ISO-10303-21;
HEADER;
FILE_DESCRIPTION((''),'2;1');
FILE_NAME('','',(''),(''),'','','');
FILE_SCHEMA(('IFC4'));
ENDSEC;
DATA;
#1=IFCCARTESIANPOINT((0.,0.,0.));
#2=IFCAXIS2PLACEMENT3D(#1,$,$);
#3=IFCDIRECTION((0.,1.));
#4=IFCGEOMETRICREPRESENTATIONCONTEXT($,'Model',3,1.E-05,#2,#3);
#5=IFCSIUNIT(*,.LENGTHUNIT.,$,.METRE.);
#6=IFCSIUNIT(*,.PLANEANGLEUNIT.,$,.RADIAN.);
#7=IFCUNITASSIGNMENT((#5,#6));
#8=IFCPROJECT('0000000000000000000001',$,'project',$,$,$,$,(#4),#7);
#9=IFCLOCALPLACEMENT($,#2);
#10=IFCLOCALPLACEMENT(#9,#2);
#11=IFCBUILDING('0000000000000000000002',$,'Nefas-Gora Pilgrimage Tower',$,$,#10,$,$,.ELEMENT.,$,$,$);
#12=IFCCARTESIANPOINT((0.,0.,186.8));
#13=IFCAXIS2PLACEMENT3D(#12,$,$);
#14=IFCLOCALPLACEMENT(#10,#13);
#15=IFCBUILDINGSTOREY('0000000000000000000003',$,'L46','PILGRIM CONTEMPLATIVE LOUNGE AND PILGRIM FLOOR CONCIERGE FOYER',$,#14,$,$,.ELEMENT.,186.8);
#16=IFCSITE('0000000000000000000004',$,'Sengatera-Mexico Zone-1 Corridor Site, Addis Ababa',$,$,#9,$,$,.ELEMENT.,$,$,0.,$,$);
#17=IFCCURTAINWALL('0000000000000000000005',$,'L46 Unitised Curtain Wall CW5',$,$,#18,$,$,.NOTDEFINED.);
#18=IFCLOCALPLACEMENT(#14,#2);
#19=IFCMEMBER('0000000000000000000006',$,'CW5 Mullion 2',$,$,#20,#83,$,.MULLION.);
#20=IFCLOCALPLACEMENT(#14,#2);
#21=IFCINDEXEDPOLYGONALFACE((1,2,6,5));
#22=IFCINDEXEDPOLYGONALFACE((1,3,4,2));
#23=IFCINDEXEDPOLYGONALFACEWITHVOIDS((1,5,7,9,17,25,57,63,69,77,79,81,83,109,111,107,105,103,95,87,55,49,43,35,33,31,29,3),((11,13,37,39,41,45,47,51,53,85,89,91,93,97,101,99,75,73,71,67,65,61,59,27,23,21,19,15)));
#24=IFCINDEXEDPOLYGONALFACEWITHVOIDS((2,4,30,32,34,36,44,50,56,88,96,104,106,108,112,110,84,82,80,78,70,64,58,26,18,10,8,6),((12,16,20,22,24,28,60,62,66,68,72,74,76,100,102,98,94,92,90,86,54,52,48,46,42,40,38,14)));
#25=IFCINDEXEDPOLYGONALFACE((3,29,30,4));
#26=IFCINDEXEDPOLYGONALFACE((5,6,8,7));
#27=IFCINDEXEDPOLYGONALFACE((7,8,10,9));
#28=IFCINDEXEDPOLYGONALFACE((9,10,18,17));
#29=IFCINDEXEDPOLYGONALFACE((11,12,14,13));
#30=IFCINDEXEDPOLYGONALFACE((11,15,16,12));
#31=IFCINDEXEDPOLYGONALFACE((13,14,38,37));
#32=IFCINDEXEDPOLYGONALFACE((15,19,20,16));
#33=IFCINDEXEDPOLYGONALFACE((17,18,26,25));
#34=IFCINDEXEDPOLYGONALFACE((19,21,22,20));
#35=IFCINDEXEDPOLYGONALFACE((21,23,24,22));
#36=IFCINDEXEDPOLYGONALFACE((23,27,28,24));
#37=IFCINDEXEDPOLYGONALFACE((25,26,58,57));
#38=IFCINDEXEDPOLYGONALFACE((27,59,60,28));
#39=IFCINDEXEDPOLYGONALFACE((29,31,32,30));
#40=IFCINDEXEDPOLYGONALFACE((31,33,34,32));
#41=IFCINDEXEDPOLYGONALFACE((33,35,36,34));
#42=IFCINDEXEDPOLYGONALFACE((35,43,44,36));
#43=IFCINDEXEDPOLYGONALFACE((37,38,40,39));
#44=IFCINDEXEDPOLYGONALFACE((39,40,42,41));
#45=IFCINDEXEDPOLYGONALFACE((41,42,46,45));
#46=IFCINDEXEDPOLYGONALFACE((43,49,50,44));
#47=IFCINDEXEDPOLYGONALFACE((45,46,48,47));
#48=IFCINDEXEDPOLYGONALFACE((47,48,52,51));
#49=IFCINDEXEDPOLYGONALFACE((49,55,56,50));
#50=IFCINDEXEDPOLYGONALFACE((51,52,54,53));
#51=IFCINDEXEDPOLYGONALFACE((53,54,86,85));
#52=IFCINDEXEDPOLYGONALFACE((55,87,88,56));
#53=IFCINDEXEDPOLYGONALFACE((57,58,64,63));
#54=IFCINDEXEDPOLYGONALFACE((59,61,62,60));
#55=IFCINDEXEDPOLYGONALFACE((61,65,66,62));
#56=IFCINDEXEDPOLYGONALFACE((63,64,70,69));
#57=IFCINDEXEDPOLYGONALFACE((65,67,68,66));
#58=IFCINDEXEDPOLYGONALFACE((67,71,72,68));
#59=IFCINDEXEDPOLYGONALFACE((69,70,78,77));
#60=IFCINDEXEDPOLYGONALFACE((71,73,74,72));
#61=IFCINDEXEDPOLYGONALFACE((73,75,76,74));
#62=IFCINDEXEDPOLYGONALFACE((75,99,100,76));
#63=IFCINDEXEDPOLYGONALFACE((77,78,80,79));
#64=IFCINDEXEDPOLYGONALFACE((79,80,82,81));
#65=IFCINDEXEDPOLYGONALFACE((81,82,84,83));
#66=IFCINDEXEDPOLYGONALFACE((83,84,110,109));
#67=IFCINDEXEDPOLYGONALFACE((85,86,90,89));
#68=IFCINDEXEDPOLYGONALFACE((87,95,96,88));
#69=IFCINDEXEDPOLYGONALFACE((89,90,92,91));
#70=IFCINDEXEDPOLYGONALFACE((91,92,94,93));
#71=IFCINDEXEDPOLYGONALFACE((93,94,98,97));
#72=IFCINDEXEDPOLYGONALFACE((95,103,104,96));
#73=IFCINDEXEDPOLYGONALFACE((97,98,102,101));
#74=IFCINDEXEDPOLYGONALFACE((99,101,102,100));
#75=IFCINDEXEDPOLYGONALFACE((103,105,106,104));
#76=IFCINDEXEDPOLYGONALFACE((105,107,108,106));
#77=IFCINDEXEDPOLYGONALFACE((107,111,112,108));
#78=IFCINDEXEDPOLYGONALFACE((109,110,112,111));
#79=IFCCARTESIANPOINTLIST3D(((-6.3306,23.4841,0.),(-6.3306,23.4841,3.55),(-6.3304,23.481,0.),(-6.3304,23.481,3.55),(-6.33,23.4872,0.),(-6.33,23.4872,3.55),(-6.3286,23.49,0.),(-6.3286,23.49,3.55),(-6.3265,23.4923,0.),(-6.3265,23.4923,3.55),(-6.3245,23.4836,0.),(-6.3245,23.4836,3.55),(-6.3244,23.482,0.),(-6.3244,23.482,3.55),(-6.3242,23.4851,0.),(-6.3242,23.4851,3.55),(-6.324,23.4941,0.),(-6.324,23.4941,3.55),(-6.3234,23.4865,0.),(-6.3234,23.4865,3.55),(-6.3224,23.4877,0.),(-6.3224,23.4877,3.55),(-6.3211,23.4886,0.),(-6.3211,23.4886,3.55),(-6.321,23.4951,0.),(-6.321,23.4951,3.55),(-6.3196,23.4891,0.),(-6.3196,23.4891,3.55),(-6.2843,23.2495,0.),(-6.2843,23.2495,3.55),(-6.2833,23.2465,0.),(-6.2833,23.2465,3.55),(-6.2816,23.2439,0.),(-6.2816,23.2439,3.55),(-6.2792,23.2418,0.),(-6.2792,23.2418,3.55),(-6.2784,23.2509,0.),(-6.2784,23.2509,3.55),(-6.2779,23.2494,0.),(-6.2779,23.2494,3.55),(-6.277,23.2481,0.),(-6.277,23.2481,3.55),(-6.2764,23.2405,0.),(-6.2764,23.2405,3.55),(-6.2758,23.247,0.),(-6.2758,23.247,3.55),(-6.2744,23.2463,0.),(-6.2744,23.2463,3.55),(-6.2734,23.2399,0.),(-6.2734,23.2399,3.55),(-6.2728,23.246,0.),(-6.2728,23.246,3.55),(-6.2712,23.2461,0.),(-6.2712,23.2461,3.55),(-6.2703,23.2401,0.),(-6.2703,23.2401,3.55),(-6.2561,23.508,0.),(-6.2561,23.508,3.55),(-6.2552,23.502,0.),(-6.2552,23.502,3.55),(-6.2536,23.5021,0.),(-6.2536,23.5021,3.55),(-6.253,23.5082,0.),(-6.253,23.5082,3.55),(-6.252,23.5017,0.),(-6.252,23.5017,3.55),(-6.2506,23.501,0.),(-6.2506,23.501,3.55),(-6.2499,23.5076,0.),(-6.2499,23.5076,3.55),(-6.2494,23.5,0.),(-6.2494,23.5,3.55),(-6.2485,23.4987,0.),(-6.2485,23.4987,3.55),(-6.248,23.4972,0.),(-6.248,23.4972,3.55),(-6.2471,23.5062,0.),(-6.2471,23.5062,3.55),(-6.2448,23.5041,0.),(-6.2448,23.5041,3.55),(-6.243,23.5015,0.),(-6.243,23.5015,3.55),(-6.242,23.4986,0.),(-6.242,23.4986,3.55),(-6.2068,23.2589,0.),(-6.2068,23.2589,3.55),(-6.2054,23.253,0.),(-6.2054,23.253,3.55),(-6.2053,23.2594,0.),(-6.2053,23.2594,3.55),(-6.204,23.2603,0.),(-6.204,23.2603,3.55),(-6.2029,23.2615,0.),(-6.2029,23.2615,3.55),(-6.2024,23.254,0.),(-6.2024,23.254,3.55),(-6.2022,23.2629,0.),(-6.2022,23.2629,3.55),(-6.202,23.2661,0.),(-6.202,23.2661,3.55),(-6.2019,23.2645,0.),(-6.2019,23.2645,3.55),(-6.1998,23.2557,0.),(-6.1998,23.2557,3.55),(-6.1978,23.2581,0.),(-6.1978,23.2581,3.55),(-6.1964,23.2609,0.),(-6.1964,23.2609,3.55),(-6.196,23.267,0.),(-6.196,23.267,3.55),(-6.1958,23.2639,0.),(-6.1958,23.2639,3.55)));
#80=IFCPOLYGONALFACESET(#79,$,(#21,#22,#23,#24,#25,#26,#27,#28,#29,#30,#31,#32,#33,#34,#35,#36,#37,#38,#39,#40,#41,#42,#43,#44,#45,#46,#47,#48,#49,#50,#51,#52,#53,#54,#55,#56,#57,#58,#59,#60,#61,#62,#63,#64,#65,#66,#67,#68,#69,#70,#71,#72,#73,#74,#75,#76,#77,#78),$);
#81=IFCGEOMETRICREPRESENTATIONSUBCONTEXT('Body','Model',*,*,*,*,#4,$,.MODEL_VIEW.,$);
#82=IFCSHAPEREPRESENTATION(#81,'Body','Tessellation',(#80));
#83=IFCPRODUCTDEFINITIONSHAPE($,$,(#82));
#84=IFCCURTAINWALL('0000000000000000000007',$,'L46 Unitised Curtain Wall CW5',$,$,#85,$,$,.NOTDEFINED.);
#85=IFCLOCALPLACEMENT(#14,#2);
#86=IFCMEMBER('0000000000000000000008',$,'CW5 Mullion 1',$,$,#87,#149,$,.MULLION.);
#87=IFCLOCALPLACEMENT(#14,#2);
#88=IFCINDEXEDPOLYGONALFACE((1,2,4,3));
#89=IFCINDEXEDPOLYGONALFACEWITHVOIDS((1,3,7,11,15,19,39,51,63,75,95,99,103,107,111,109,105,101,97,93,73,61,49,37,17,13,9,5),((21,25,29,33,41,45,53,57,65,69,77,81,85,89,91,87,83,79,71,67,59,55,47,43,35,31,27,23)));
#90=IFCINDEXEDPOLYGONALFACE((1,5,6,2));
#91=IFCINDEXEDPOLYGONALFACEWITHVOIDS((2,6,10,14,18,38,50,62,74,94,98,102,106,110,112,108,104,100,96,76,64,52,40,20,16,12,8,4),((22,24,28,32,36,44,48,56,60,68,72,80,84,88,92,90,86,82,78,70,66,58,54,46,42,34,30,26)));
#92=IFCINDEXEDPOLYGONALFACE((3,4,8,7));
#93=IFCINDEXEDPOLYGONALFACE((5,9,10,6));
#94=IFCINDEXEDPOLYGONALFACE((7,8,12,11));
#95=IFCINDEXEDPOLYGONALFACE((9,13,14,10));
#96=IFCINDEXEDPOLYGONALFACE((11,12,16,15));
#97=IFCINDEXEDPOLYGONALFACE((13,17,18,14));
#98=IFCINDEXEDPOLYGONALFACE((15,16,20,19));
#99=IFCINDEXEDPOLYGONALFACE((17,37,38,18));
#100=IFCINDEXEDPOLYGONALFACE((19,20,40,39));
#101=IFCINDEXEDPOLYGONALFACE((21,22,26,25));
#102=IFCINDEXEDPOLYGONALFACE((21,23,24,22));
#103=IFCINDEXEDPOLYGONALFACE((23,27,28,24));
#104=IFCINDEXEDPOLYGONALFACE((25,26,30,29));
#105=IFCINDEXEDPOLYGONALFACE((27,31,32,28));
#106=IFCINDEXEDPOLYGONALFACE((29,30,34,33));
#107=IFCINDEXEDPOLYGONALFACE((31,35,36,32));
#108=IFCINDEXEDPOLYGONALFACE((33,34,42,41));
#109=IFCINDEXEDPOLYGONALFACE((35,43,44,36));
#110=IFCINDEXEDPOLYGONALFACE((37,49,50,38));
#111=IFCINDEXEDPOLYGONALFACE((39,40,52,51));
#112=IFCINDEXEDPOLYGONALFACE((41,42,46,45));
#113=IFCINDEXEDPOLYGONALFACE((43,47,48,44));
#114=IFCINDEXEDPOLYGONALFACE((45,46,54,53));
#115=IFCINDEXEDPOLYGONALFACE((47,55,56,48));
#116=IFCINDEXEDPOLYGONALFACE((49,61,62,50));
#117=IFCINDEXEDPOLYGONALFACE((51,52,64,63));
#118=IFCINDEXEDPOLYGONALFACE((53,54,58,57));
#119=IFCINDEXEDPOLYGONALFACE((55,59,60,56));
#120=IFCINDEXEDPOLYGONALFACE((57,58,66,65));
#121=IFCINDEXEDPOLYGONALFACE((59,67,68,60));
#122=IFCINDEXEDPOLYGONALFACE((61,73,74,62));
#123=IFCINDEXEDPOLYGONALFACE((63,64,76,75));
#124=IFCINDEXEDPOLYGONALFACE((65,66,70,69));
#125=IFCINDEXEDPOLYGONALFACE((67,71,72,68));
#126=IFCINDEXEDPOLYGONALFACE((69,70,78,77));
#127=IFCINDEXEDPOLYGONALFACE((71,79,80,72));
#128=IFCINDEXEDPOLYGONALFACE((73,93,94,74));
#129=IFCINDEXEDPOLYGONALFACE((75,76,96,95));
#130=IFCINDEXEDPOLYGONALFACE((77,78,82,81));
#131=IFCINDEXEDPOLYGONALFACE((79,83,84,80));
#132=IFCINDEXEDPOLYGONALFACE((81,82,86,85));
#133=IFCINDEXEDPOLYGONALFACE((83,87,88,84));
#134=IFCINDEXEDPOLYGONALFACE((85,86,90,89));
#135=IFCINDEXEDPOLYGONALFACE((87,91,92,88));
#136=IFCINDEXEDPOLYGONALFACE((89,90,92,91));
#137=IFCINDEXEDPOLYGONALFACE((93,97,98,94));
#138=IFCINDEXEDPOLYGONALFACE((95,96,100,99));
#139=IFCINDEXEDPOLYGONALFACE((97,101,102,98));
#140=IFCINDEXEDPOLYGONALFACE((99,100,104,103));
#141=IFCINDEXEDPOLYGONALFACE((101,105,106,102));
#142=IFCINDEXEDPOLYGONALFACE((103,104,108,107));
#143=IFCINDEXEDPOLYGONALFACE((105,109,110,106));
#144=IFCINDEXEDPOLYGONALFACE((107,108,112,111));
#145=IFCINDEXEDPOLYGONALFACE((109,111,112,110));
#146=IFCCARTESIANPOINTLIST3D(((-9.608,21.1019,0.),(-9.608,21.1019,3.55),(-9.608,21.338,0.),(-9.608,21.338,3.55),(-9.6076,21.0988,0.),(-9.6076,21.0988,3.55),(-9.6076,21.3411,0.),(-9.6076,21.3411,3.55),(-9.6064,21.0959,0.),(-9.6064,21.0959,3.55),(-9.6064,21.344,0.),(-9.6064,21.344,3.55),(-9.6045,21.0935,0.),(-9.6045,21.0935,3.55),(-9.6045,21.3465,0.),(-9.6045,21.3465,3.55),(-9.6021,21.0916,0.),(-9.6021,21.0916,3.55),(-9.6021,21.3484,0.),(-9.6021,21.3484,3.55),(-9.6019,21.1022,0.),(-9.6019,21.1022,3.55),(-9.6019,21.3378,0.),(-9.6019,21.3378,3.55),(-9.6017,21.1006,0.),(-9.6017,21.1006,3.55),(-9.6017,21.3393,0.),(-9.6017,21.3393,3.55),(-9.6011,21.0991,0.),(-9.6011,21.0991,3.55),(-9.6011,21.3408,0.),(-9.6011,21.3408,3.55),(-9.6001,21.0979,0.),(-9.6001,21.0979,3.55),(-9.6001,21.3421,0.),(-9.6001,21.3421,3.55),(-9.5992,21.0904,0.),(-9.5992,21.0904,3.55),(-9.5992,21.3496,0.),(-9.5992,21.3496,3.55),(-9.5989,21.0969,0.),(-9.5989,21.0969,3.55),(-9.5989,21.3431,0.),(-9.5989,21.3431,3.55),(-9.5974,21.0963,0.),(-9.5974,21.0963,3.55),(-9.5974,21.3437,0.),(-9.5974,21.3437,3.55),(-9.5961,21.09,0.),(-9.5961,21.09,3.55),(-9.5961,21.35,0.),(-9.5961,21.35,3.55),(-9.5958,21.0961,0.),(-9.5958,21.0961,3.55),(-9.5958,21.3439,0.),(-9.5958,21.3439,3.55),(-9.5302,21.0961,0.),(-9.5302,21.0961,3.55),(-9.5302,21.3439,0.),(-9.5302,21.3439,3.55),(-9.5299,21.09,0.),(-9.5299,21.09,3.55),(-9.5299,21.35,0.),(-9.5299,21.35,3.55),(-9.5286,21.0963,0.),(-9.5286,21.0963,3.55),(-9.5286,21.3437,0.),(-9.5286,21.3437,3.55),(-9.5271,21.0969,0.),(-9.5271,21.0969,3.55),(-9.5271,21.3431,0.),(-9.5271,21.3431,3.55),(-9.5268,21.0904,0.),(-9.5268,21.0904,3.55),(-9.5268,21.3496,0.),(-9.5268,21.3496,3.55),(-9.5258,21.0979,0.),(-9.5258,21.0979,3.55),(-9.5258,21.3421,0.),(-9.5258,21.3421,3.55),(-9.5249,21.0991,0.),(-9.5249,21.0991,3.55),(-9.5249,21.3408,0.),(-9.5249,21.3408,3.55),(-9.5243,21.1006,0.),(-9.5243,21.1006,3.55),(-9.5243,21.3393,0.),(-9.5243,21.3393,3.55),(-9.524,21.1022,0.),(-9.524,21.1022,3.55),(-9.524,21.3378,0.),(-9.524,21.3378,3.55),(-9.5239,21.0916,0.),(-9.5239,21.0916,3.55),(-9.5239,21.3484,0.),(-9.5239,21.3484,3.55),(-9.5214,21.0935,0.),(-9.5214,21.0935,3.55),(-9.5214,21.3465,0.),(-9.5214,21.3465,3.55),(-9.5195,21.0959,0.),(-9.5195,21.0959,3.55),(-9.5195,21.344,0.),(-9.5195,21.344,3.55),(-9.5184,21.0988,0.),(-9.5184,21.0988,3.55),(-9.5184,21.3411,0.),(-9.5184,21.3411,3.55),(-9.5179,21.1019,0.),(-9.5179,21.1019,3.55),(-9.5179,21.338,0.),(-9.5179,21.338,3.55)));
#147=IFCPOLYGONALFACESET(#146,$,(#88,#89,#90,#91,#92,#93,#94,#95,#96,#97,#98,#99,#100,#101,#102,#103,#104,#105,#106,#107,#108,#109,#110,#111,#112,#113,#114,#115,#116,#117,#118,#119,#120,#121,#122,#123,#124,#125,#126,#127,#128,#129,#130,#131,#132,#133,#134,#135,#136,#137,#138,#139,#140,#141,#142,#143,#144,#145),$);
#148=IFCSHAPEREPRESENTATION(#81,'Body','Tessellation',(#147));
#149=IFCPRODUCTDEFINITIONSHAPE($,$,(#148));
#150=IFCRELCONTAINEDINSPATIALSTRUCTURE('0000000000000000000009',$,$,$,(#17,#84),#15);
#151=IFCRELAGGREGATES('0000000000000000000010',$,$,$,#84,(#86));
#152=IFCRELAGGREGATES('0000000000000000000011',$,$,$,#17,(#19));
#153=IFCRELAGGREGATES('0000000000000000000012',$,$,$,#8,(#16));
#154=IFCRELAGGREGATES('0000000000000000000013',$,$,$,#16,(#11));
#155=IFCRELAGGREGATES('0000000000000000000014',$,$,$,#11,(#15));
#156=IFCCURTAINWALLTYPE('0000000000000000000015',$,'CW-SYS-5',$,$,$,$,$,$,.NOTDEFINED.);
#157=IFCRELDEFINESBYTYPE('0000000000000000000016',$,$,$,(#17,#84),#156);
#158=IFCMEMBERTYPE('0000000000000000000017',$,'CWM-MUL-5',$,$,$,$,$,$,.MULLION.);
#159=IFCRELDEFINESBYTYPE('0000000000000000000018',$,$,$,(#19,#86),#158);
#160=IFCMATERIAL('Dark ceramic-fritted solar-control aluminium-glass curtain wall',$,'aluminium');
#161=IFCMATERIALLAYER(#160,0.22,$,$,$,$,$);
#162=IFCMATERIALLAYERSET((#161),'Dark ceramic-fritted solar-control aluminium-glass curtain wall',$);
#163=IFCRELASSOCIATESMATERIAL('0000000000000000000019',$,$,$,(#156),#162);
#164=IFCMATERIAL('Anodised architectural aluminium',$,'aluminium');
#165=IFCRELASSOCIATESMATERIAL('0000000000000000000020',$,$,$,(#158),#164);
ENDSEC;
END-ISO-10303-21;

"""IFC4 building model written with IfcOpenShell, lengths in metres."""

from ifc_helpers import new_model, si_unit, direction, frame, origin, origin_2d, place, context, subcontext, project, spatial, hollow_rectangle, extrude, source, transform, mapped, material, layer, layer_set, material_profile, profile_set, type_object, element, aggregate, save


model = new_model("IFC4")

# Units and contexts
model_context = context("Model", 3, precision=1e-05, world=origin(), true_north=direction((0.0, 1.0)))
body_context = subcontext(model_context, "Body", "Model", "MODEL_VIEW")
ifc_project = project(units=[si_unit("LENGTHUNIT", "METRE"), si_unit("PLANEANGLEUNIT", "RADIAN")], contexts=[model_context])

# Site, building, storey
site_placement = place(None, origin())
site = spatial("IfcSite", under=ifc_project, at=site_placement, Name="Sengatera-Mexico Zone-1 Corridor Site, Addis Ababa", CompositionType="ELEMENT", RefElevation=0.0)
building_placement = place(site_placement, origin())
building = spatial("IfcBuilding", under=site, at=building_placement, Name="Nefas-Gora Pilgrimage Tower", CompositionType="ELEMENT")
storey_placement = place(building_placement, frame((0.0, 0.0, 186.8)))
storey = spatial("IfcBuildingStorey", under=building, at=storey_placement, Name="L46", Description="PILGRIM CONTEMPLATIVE LOUNGE AND PILGRIM FLOOR CONCIERGE FOYER", CompositionType="ELEMENT", Elevation=186.8)

# Curtain walls, members
ifc_material_1 = material(Name="Dark ceramic-fritted solar-control aluminium-glass curtain wall", Category="aluminium")
ifc_layer_1 = layer(ifc_material_1, 0.22)
ifc_layer_set_1 = layer_set([ifc_layer_1], Name="Dark ceramic-fritted solar-control aluminium-glass curtain wall")
curtain_wall_type = type_object("IfcCurtainWallType", Name="CW-SYS-5", PredefinedType="NOTDEFINED", material=ifc_layer_set_1)
curtain_wall_1_placement = place(storey_placement, origin())
curtain_wall_1 = element("IfcCurtainWall", 1, at=curtain_wall_1_placement, inside=storey, type_object=curtain_wall_type, Name="L46 Unitised Curtain Wall CW5", PredefinedType="NOTDEFINED")
ifc_material_2 = material(Name="Anodised architectural aluminium", Category="aluminium")
ifc_material_profile_1 = material_profile(ifc_material_2, hollow_rectangle(XDim=0.0901, YDim=0.26, WallThickness=0.0061, InnerFilletRadius=0.0061, OuterFilletRadius=0.012, at=origin_2d()), Name="ALU MULLION 90x260")
ifc_profile_set_1 = profile_set([ifc_material_profile_1], Name="Anodised architectural aluminium")
member_type_1 = type_object("IfcMemberType", Name="CWM-MUL-5", PredefinedType="MULLION", material=ifc_profile_set_1)
shared_shape_1 = source(origin(), body_context, "Body", "SweptSolid", [
    extrude(hollow_rectangle(XDim=0.0901, YDim=0.26, WallThickness=0.0061, InnerFilletRadius=0.0061, OuterFilletRadius=0.012, at=origin_2d()), origin(), (0.0, 0.0, 1.0), 3.55),
])
member_1_placement = place(storey_placement, frame((-6.2632, 23.374, 0.0), z_axis=(0.0, 0.0, 1.0), x_axis=(-0.980783, -0.195102, 0.0)))
member_1 = element("IfcMember", 2, at=member_1_placement, type_object=member_type_1, Name="CW5 Mullion 2", PredefinedType="MULLION", context=body_context, shape_type="MappedRepresentation", body=[
    mapped(shared_shape_1, transform((0.0, 0.0, 0.0), x_axis=(1.0, 0.0, 0.0), y_axis=(0.0, 1.0, 0.0), z_axis=(0.0, 0.0, 1.0), scale=1.0)),
])
curtain_wall_2_placement = place(storey_placement, origin())
curtain_wall_2 = element("IfcCurtainWall", 3, at=curtain_wall_2_placement, inside=storey, type_object=curtain_wall_type, Name="L46 Unitised Curtain Wall CW5", PredefinedType="NOTDEFINED")
member_2_placement = place(storey_placement, frame((-9.563, 21.22, 0.0), z_axis=(0.0, 0.0, 1.0), x_axis=(-1.0, 0.0, 0.0)))
member_2 = element("IfcMember", 4, at=member_2_placement, type_object=member_type_1, Name="CW5 Mullion 1", PredefinedType="MULLION", context=body_context, shape_type="MappedRepresentation", body=[
    mapped(shared_shape_1, transform((0.0, 0.0, 0.0), x_axis=(1.0, 0.0, 0.0), y_axis=(0.0, 1.0, 0.0), z_axis=(0.0, 0.0, 1.0), scale=1.0)),
])
aggregate(curtain_wall_2, [member_2])

aggregate(curtain_wall_1, [member_1])

save(model, "model.ifc")
